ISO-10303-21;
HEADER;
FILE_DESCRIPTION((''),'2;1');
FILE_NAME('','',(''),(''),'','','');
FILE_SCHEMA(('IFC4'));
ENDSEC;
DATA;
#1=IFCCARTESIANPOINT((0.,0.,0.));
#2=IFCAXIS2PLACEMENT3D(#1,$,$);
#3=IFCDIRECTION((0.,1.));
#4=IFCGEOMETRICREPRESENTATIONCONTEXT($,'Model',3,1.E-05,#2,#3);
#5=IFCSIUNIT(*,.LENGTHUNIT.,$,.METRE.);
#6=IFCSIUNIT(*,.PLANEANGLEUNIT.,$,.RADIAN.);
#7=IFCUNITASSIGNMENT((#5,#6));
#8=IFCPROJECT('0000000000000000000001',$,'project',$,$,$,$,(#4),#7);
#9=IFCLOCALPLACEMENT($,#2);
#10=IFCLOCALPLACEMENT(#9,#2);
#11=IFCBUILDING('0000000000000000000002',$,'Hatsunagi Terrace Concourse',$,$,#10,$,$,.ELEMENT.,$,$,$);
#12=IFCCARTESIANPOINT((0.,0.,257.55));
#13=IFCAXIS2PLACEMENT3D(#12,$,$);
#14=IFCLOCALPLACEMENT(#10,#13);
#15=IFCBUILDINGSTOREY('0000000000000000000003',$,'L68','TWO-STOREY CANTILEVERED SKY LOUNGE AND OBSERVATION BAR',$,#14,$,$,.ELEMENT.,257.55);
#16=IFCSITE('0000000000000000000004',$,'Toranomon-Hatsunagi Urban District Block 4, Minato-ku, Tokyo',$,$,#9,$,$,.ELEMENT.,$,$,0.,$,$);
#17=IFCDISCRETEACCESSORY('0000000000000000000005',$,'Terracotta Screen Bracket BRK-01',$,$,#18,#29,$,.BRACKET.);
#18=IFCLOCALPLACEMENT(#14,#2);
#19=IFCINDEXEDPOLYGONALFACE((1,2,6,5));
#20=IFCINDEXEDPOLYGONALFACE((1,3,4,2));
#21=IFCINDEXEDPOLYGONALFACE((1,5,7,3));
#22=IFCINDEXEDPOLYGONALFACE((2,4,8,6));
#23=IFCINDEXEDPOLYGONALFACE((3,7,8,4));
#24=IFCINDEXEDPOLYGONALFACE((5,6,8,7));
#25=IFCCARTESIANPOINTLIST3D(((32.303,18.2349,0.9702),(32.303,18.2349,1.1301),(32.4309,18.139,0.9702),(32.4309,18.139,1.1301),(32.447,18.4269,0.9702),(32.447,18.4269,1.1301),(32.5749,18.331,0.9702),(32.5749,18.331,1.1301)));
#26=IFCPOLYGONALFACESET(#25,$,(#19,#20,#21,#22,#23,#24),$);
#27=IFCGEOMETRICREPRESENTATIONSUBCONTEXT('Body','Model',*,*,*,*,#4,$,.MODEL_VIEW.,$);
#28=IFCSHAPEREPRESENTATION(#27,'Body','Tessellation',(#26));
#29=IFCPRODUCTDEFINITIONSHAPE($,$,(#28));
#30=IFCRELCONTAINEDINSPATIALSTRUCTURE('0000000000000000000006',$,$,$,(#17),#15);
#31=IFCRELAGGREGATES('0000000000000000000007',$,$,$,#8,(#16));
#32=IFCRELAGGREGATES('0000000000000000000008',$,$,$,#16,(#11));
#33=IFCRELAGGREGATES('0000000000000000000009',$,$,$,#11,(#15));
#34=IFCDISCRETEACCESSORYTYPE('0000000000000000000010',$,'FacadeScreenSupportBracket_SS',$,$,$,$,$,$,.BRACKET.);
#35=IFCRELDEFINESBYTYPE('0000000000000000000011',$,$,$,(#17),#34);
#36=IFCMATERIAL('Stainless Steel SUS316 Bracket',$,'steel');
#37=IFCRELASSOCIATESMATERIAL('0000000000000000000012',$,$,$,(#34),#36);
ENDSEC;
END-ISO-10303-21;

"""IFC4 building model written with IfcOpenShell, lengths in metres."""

from ifc_helpers import new_model, si_unit, direction, frame, origin, origin_2d, place, context, subcontext, project, spatial, rectangle, extrude, material, type_object, element, save


model = new_model("IFC4")

# Units and contexts
model_context = context("Model", 3, precision=1e-05, world=origin(), true_north=direction((0.0, 1.0)))
body_context = subcontext(model_context, "Body", "Model", "MODEL_VIEW")
ifc_project = project(units=[si_unit("LENGTHUNIT", "METRE"), si_unit("PLANEANGLEUNIT", "RADIAN")], contexts=[model_context])

# Site, building, storey
site_placement = place(None, origin())
site = spatial("IfcSite", under=ifc_project, at=site_placement, Name="Toranomon-Hatsunagi Urban District Block 4, Minato-ku, Tokyo", CompositionType="ELEMENT", RefElevation=0.0)
building_placement = place(site_placement, origin())
building = spatial("IfcBuilding", under=site, at=building_placement, Name="Hatsunagi Terrace Concourse", CompositionType="ELEMENT")
storey_placement = place(building_placement, frame((0.0, 0.0, 257.55)))
storey = spatial("IfcBuildingStorey", under=building, at=storey_placement, Name="L68", Description="TWO-STOREY CANTILEVERED SKY LOUNGE AND OBSERVATION BAR", CompositionType="ELEMENT", Elevation=257.55)

# Discrete accessory
ifc_material_1 = material(Name="Stainless Steel SUS316 Bracket", Category="steel")
discrete_accessory_type = type_object("IfcDiscreteAccessoryType", Name="FacadeScreenSupportBracket_SS", PredefinedType="BRACKET", material=ifc_material_1)
discrete_accessory_placement = place(storey_placement, frame((32.439, 18.283, 0.9702), z_axis=(0.0, 0.0, 1.0), x_axis=(-0.800007, 0.59999, 0.0)))
element("IfcDiscreteAccessory", 1, at=discrete_accessory_placement, inside=storey, type_object=discrete_accessory_type, Name="Terracotta Screen Bracket BRK-01", PredefinedType="BRACKET", context=body_context, shape_type="SweptSolid", body=[
    extrude(rectangle(XDim=0.1599, YDim=0.24, at=origin_2d()), origin(), (0.0, 0.0, 1.0), 0.1599),
])

save(model, "model.ifc")
